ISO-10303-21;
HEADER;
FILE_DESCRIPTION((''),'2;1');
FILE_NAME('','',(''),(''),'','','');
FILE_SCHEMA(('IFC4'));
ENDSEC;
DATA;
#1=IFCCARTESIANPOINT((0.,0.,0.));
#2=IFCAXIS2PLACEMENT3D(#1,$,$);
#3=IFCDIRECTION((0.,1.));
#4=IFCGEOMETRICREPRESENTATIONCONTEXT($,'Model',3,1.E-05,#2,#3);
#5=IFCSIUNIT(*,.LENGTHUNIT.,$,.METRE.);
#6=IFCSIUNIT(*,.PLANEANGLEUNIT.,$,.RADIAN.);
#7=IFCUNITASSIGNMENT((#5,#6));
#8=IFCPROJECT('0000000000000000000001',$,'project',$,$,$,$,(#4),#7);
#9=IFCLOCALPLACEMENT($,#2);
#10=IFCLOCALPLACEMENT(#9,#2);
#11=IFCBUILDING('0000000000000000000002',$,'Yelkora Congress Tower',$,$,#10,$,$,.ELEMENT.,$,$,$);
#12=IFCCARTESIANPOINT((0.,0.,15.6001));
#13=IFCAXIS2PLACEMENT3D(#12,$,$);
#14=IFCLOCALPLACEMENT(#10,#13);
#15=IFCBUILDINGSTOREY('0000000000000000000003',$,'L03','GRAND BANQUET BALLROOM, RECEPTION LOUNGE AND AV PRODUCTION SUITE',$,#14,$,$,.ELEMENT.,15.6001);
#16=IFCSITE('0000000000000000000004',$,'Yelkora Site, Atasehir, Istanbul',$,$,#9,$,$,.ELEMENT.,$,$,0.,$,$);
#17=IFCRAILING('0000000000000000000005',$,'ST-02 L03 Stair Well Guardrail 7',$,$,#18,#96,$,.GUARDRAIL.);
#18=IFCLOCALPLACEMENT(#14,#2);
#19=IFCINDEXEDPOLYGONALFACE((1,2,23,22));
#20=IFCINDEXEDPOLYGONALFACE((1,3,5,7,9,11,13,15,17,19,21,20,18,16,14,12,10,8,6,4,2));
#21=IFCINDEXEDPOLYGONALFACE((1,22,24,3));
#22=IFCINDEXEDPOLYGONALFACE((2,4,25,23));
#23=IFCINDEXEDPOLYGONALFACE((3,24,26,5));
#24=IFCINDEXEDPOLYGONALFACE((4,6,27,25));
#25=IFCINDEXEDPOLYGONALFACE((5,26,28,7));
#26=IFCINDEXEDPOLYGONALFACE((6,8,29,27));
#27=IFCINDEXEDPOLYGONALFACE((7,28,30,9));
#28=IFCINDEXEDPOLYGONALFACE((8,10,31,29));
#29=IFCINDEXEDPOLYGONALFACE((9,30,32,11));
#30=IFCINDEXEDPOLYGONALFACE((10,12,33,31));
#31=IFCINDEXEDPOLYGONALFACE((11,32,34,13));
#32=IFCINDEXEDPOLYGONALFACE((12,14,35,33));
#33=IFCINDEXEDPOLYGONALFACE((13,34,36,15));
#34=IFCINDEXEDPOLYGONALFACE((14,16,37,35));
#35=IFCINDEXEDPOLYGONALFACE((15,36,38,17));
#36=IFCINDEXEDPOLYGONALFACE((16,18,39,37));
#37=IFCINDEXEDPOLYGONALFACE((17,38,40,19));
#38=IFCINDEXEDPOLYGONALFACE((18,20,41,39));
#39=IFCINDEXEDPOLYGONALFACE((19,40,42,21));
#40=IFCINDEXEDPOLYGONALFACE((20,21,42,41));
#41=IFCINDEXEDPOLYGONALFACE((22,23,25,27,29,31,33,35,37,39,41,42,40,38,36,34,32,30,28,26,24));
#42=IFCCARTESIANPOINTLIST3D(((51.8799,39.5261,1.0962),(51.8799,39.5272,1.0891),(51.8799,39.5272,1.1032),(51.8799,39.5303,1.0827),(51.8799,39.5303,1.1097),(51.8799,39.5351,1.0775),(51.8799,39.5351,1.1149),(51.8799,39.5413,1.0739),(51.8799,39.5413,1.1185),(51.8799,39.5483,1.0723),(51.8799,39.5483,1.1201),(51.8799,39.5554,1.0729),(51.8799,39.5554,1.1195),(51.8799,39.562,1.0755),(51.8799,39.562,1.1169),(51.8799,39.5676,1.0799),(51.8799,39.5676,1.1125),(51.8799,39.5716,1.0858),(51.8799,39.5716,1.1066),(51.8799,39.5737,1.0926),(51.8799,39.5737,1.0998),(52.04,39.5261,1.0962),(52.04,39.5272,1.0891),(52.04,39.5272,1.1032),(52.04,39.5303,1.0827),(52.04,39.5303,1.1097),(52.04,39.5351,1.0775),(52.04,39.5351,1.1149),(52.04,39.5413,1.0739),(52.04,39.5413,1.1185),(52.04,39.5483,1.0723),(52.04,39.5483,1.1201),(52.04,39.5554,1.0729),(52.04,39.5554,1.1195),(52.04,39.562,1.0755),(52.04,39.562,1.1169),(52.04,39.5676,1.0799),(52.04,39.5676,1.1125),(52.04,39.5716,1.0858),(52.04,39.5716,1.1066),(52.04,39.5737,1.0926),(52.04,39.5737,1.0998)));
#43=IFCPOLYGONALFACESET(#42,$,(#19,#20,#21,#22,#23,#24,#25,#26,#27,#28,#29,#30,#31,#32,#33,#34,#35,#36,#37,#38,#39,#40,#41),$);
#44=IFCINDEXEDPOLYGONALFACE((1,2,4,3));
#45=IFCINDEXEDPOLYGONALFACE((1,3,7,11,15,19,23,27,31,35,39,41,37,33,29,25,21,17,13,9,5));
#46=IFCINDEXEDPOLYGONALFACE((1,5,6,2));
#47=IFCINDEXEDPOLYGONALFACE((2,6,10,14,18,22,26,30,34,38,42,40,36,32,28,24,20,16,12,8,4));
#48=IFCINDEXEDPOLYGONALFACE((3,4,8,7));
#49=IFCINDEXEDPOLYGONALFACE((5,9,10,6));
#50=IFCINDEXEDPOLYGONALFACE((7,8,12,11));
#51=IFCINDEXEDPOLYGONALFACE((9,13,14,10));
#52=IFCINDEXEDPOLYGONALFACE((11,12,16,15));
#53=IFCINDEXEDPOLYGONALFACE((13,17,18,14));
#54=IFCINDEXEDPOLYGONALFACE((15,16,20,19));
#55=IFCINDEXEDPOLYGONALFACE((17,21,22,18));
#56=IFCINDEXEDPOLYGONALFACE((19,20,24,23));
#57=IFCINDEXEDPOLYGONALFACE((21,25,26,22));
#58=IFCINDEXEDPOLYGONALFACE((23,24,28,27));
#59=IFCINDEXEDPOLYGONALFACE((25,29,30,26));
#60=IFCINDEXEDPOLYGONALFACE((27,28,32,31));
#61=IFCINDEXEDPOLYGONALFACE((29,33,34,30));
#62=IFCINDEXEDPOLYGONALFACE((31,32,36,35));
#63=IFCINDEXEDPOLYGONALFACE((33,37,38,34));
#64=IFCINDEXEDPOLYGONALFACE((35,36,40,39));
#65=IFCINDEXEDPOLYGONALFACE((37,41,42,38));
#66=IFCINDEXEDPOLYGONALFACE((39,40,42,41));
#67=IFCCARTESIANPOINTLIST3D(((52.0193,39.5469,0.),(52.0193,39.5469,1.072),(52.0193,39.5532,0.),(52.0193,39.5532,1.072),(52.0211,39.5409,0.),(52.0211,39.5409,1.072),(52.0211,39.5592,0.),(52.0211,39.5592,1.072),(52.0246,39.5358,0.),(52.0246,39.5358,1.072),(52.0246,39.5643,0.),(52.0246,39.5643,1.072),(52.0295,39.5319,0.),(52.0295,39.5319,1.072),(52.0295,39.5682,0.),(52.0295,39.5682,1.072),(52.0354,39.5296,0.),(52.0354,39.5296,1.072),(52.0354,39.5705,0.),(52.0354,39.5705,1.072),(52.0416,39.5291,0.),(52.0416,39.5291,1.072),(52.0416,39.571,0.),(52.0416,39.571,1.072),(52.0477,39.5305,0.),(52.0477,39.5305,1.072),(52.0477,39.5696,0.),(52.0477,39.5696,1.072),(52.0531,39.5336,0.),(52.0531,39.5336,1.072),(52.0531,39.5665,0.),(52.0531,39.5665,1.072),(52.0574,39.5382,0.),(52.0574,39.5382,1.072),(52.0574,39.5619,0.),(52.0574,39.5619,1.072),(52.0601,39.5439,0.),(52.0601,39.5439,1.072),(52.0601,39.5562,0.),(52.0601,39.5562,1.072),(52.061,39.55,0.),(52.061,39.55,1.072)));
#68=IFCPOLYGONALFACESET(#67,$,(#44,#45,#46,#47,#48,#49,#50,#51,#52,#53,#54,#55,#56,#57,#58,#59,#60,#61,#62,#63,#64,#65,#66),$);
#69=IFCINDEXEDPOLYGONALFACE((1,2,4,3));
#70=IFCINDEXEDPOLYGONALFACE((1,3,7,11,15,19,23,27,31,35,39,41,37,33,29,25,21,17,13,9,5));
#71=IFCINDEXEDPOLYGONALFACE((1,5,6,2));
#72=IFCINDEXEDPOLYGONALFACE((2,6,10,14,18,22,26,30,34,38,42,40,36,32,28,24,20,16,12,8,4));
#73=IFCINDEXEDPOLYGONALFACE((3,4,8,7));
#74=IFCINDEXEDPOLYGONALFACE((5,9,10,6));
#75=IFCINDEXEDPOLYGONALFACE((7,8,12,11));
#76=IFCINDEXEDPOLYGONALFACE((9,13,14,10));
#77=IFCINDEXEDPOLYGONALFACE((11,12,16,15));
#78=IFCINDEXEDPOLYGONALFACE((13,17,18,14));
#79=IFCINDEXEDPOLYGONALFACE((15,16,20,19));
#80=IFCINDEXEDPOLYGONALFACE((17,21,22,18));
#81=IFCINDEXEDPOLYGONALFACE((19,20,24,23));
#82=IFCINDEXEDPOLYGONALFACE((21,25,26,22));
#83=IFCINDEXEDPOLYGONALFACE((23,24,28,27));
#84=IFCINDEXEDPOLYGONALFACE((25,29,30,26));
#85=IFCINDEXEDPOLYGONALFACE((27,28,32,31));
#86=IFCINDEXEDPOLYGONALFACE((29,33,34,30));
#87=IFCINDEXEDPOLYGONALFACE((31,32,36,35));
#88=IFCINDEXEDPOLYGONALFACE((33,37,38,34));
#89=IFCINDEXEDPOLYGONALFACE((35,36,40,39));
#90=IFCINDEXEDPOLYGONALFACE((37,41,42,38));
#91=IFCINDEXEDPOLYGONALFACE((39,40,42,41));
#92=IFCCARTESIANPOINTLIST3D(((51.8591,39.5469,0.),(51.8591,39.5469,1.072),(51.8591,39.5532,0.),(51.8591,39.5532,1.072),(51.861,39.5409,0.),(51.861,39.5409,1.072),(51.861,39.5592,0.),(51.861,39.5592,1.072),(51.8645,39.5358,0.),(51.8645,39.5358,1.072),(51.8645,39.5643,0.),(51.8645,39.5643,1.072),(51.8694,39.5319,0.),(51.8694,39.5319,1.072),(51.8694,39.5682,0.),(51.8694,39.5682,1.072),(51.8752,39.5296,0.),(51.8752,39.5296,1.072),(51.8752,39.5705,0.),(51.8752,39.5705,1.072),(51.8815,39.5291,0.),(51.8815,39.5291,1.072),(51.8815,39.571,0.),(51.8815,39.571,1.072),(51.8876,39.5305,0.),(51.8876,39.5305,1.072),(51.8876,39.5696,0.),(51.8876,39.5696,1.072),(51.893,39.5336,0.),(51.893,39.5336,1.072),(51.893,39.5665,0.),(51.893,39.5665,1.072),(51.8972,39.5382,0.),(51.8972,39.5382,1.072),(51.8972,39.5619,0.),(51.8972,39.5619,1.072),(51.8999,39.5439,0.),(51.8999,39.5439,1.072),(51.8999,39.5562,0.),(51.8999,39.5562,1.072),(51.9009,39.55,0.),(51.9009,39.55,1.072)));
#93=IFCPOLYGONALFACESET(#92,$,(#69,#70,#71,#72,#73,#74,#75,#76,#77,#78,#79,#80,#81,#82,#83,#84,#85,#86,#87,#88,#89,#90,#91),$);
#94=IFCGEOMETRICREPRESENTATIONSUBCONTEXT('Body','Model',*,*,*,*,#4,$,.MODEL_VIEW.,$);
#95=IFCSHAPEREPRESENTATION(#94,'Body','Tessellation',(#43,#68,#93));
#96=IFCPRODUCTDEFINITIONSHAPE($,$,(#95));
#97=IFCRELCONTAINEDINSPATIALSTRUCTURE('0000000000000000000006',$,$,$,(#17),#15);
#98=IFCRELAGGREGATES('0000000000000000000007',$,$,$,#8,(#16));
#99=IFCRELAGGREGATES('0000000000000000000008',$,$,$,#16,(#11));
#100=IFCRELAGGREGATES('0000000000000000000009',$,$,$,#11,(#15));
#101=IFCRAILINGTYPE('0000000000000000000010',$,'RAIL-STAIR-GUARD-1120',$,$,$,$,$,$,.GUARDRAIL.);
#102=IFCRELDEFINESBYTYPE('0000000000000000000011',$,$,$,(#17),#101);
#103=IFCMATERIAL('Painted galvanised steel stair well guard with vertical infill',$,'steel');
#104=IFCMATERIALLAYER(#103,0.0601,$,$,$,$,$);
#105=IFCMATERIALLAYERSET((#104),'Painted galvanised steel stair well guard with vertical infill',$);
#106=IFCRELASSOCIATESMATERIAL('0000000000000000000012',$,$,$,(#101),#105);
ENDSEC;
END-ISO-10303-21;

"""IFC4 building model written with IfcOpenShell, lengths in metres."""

from ifc_helpers import new_model, si_unit, direction, frame, origin, origin_2d, place, context, subcontext, project, spatial, circle, extrude, material, layer, layer_set, type_object, element, save


model = new_model("IFC4")

# Units and contexts
model_context = context("Model", 3, precision=1e-05, world=origin(), true_north=direction((0.0, 1.0)))
body_context = subcontext(model_context, "Body", "Model", "MODEL_VIEW")
ifc_project = project(units=[si_unit("LENGTHUNIT", "METRE"), si_unit("PLANEANGLEUNIT", "RADIAN")], contexts=[model_context])

# Site, building, storey
site_placement = place(None, origin())
site = spatial("IfcSite", under=ifc_project, at=site_placement, Name="Yelkora Site, Atasehir, Istanbul", CompositionType="ELEMENT", RefElevation=0.0)
building_placement = place(site_placement, origin())
building = spatial("IfcBuilding", under=site, at=building_placement, Name="Yelkora Congress Tower", CompositionType="ELEMENT")
storey_placement = place(building_placement, frame((0.0, 0.0, 15.6001)))
storey = spatial("IfcBuildingStorey", under=building, at=storey_placement, Name="L03", Description="GRAND BANQUET BALLROOM, RECEPTION LOUNGE AND AV PRODUCTION SUITE", CompositionType="ELEMENT", Elevation=15.6001)

# Railing
ifc_material_1 = material(Name="Painted galvanised steel stair well guard with vertical infill", Category="steel")
ifc_layer_1 = layer(ifc_material_1, 0.0601)
ifc_layer_set_1 = layer_set([ifc_layer_1], Name="Painted galvanised steel stair well guard with vertical infill")
railing_type_1 = type_object("IfcRailingType", Name="RAIL-STAIR-GUARD-1120", PredefinedType="GUARDRAIL", material=ifc_layer_set_1)
railing_1_placement = place(storey_placement, frame((52.04, 39.55, 0.0)))
element("IfcRailing", 1, at=railing_1_placement, inside=storey, type_object=railing_type_1, Name="ST-02 L03 Stair Well Guardrail 7", PredefinedType="GUARDRAIL", context=body_context, shape_type="SweptSolid", body=[
    extrude(circle(Radius=0.0239, at=origin_2d()), frame((0.0, 0.0, 1.0962), z_axis=(-1.0, 0.0, 0.0), x_axis=(0.0, -1.0, 0.0)), (0.0, 0.0, 1.0), 0.1602),
    extrude(circle(Radius=0.021, at=origin_2d()), origin(), (0.0, 0.0, 1.0), 1.072),
    extrude(circle(Radius=0.021, at=origin_2d()), frame((-0.1602, 0.0, 0.0)), (0.0, 0.0, 1.0), 1.072),
])

save(model, "model.ifc")
